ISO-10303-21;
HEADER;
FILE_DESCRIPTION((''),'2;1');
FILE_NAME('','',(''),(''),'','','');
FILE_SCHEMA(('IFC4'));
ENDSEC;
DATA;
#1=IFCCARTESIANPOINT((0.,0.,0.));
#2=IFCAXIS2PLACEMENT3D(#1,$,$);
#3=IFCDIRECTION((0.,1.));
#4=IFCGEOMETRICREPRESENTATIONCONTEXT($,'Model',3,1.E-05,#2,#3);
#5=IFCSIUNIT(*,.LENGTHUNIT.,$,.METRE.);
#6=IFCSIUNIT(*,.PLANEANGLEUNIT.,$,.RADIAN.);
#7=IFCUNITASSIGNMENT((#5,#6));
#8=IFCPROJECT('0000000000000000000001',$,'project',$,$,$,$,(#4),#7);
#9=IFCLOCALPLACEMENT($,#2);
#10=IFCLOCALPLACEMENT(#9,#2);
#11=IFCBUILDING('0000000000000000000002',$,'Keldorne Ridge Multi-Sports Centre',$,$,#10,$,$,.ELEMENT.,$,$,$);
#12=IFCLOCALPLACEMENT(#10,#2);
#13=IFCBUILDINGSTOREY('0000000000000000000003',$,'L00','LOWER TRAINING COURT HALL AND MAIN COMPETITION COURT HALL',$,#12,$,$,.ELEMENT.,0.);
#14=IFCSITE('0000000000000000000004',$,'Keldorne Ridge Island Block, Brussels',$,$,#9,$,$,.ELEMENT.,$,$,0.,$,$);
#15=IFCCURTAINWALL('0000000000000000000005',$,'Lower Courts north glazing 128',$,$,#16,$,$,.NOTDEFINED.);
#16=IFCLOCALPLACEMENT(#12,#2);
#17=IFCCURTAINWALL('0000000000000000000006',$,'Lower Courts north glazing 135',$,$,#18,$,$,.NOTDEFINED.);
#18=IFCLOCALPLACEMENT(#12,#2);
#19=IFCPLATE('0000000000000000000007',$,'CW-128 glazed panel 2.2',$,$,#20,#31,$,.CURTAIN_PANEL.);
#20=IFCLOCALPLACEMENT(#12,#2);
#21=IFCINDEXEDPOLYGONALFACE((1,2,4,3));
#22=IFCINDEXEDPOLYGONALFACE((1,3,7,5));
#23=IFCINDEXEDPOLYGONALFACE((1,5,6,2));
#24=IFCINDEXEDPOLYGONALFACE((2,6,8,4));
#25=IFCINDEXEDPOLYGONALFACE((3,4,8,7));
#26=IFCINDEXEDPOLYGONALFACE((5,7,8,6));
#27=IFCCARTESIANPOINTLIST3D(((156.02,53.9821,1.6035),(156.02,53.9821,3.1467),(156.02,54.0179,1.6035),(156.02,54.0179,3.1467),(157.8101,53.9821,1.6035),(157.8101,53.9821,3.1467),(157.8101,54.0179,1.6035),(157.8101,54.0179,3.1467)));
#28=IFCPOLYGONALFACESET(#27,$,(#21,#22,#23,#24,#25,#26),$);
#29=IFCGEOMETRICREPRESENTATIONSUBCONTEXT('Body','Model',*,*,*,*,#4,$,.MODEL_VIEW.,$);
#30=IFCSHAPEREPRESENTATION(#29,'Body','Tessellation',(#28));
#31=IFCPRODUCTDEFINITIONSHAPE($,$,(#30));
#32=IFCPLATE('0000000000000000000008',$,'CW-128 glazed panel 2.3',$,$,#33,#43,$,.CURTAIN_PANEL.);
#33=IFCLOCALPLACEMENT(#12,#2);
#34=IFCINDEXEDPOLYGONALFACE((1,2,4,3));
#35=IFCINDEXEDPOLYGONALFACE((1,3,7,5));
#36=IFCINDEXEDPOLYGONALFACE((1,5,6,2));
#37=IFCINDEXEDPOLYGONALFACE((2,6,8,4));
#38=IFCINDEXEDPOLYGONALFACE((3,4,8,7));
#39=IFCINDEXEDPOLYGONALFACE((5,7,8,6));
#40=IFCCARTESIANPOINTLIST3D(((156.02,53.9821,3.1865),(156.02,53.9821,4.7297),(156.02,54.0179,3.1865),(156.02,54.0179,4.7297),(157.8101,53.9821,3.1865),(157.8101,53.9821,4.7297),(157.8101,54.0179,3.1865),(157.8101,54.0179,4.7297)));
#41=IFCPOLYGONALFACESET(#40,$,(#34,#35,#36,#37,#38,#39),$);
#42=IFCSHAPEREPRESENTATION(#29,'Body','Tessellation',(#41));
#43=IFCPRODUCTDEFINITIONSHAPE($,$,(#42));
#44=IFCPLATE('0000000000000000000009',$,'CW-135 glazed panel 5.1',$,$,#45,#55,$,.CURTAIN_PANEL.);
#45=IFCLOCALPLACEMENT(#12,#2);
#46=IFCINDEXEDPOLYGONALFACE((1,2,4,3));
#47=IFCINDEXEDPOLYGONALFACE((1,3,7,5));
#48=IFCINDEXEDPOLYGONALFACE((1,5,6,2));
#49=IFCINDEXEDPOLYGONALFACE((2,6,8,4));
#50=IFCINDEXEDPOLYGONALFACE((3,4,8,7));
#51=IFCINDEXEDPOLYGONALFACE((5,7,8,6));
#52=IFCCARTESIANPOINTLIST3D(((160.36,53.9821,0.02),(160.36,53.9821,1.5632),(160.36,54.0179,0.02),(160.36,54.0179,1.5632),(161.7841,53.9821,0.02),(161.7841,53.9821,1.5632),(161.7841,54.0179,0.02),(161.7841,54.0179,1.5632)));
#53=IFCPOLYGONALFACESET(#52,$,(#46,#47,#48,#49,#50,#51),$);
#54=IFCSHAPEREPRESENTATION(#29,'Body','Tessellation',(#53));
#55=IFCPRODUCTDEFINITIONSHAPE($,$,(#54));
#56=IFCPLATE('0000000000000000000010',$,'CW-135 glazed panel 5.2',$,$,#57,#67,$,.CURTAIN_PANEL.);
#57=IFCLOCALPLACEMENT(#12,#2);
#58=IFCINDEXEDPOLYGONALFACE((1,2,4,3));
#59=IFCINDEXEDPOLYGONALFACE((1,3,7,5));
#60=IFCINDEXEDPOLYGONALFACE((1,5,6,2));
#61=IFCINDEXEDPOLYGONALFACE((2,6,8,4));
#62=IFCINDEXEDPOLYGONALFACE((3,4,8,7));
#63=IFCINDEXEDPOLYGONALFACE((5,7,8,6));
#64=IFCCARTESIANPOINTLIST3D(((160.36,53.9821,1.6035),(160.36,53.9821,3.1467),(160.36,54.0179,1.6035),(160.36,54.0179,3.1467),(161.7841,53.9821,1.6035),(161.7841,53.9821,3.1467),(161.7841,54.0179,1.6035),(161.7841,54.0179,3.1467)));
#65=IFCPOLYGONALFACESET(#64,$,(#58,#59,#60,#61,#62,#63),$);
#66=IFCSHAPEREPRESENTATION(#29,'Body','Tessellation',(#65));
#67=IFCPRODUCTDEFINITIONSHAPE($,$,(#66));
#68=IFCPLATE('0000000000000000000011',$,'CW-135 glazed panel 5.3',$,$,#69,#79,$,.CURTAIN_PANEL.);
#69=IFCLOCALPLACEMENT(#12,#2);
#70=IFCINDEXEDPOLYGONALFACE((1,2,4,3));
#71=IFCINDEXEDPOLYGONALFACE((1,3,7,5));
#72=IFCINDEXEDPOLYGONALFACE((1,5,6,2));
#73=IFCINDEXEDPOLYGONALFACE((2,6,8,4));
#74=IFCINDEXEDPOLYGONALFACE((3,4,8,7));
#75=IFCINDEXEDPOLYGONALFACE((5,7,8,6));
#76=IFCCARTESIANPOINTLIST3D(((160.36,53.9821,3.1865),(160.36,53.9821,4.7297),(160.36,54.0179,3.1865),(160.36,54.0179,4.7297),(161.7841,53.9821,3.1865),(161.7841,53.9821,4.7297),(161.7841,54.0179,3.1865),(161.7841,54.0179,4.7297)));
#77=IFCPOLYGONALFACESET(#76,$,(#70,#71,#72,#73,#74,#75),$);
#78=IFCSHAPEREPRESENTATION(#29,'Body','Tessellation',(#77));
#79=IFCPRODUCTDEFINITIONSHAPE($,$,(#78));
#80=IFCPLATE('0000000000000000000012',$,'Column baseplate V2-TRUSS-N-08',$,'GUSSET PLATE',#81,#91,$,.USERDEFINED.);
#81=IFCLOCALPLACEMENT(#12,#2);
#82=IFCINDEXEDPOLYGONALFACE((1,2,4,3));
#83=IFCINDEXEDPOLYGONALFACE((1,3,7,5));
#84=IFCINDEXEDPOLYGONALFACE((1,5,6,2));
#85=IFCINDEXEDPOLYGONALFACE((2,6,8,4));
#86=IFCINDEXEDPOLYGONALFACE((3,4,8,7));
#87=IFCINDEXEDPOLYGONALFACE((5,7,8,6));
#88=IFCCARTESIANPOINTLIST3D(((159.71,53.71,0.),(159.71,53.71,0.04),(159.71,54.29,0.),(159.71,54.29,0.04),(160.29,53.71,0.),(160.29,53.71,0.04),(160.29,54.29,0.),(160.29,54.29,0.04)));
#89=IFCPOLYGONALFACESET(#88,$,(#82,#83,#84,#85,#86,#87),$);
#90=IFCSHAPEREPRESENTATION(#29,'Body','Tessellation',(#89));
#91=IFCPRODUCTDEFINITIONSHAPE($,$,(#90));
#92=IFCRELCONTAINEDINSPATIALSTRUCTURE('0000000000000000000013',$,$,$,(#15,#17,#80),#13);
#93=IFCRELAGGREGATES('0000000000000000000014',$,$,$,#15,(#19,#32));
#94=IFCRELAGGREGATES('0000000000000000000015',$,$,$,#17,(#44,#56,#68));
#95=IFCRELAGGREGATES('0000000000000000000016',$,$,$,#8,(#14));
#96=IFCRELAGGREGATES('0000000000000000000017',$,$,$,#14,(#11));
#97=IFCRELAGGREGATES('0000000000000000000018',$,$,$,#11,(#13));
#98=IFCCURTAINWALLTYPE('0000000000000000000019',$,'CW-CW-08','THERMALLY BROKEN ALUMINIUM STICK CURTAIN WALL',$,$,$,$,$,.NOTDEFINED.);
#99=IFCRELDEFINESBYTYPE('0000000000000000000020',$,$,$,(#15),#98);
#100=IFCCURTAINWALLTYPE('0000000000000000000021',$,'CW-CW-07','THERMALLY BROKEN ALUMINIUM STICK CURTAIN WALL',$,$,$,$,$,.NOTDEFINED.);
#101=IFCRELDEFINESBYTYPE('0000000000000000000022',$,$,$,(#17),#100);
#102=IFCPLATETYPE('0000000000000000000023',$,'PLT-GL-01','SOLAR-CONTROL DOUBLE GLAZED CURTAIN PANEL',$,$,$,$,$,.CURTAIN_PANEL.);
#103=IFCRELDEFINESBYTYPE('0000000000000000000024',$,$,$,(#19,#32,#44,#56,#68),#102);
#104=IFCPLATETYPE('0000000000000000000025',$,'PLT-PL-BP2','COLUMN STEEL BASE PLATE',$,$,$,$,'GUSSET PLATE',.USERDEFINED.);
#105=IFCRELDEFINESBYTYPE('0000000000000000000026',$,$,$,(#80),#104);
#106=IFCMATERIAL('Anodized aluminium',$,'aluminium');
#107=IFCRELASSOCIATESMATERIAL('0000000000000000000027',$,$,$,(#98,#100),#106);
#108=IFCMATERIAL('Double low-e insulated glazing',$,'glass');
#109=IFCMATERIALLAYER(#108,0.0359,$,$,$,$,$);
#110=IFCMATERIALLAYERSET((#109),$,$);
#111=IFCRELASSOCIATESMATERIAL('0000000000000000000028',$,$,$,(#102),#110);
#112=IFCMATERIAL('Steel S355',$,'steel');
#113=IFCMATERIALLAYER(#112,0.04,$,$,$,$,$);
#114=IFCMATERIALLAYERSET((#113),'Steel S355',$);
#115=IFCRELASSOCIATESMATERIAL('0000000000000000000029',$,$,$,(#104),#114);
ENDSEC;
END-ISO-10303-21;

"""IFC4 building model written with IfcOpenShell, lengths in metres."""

from ifc_helpers import new_model, si_unit, direction, frame, origin, origin_2d, place, context, subcontext, project, spatial, rectangle, extrude, material, layer, layer_set, type_object, element, aggregate, save


model = new_model("IFC4")

# Units and contexts
model_context = context("Model", 3, precision=1e-05, world=origin(), true_north=direction((0.0, 1.0)))
body_context = subcontext(model_context, "Body", "Model", "MODEL_VIEW")
ifc_project = project(units=[si_unit("LENGTHUNIT", "METRE"), si_unit("PLANEANGLEUNIT", "RADIAN")], contexts=[model_context])

# Site, building, storey
site_placement = place(None, origin())
site = spatial("IfcSite", under=ifc_project, at=site_placement, Name="Keldorne Ridge Island Block, Brussels", CompositionType="ELEMENT", RefElevation=0.0)
building_placement = place(site_placement, origin())
building = spatial("IfcBuilding", under=site, at=building_placement, Name="Keldorne Ridge Multi-Sports Centre", CompositionType="ELEMENT")
storey_placement = place(building_placement, origin())
storey = spatial("IfcBuildingStorey", under=building, at=storey_placement, Name="L00", Description="LOWER TRAINING COURT HALL AND MAIN COMPETITION COURT HALL", CompositionType="ELEMENT", Elevation=0.0)

# Shared definitions
ifc_material_1 = material(Name="Steel S355", Category="steel")

# Curtain walls
ifc_material_2 = material(Name="Anodized aluminium", Category="aluminium")
curtain_wall_type_1 = type_object("IfcCurtainWallType", Name="CW-CW-08", Description="THERMALLY BROKEN ALUMINIUM STICK CURTAIN WALL", PredefinedType="NOTDEFINED", material=ifc_material_2)
curtain_wall_1_placement = place(storey_placement, origin())
curtain_wall_1 = element("IfcCurtainWall", 1, at=curtain_wall_1_placement, inside=storey, type_object=curtain_wall_type_1, Name="Lower Courts north glazing 128", PredefinedType="NOTDEFINED")
curtain_wall_type_2 = type_object("IfcCurtainWallType", Name="CW-CW-07", Description="THERMALLY BROKEN ALUMINIUM STICK CURTAIN WALL", PredefinedType="NOTDEFINED", material=ifc_material_2)
curtain_wall_2_placement = place(storey_placement, origin())
curtain_wall_2 = element("IfcCurtainWall", 2, at=curtain_wall_2_placement, inside=storey, type_object=curtain_wall_type_2, Name="Lower Courts north glazing 135", PredefinedType="NOTDEFINED")

# Plates
ifc_material_3 = material(Name="Double low-e insulated glazing", Category="glass")
ifc_layer_1 = layer(ifc_material_3, 0.0359)
ifc_layer_set_1 = layer_set([ifc_layer_1])
plate_type_1 = type_object("IfcPlateType", Name="PLT-GL-01", Description="SOLAR-CONTROL DOUBLE GLAZED CURTAIN PANEL", PredefinedType="CURTAIN_PANEL", material=ifc_layer_set_1)
plate_1_placement = place(storey_placement, frame((156.915, 54.0, 1.6035), z_axis=(0.0, 0.0, 1.0), x_axis=(-1.0, 0.0, 0.0)))
plate_1 = element("IfcPlate", 3, at=plate_1_placement, type_object=plate_type_1, Name="CW-128 glazed panel 2.2", PredefinedType="CURTAIN_PANEL", context=body_context, shape_type="SweptSolid", body=[
    extrude(rectangle(XDim=1.79, YDim=0.0359, at=origin_2d()), origin(), (0.0, 0.0, 1.0), 1.5432),
])
plate_2_placement = place(storey_placement, frame((156.915, 54.0, 3.1865), z_axis=(0.0, 0.0, 1.0), x_axis=(-1.0, 0.0, 0.0)))
plate_2 = element("IfcPlate", 4, at=plate_2_placement, type_object=plate_type_1, Name="CW-128 glazed panel 2.3", PredefinedType="CURTAIN_PANEL", context=body_context, shape_type="SweptSolid", body=[
    extrude(rectangle(XDim=1.79, YDim=0.0359, at=origin_2d()), origin(), (0.0, 0.0, 1.0), 1.5432),
])
aggregate(curtain_wall_1, [plate_1, plate_2])
plate_3_placement = place(storey_placement, frame((161.072, 54.0, 0.02), z_axis=(0.0, 0.0, 1.0), x_axis=(-1.0, 0.0, 0.0)))
plate_3 = element("IfcPlate", 5, at=plate_3_placement, type_object=plate_type_1, Name="CW-135 glazed panel 5.1", PredefinedType="CURTAIN_PANEL", context=body_context, shape_type="SweptSolid", body=[
    extrude(rectangle(XDim=1.4241, YDim=0.0359, at=origin_2d()), origin(), (0.0, 0.0, 1.0), 1.5432),
])
plate_4_placement = place(storey_placement, frame((161.072, 54.0, 1.6035), z_axis=(0.0, 0.0, 1.0), x_axis=(-1.0, 0.0, 0.0)))
plate_4 = element("IfcPlate", 6, at=plate_4_placement, type_object=plate_type_1, Name="CW-135 glazed panel 5.2", PredefinedType="CURTAIN_PANEL", context=body_context, shape_type="SweptSolid", body=[
    extrude(rectangle(XDim=1.4241, YDim=0.0359, at=origin_2d()), origin(), (0.0, 0.0, 1.0), 1.5432),
])
plate_5_placement = place(storey_placement, frame((161.072, 54.0, 3.1865), z_axis=(0.0, 0.0, 1.0), x_axis=(-1.0, 0.0, 0.0)))
plate_5 = element("IfcPlate", 7, at=plate_5_placement, type_object=plate_type_1, Name="CW-135 glazed panel 5.3", PredefinedType="CURTAIN_PANEL", context=body_context, shape_type="SweptSolid", body=[
    extrude(rectangle(XDim=1.4241, YDim=0.0359, at=origin_2d()), origin(), (0.0, 0.0, 1.0), 1.5432),
])
aggregate(curtain_wall_2, [plate_3, plate_4, plate_5])
ifc_layer_2 = layer(ifc_material_1, 0.04)
ifc_layer_set_2 = layer_set([ifc_layer_2], Name="Steel S355")
plate_type_2 = type_object("IfcPlateType", Name="PLT-PL-BP2", Description="COLUMN STEEL BASE PLATE", ElementType="GUSSET PLATE", PredefinedType="USERDEFINED", material=ifc_layer_set_2)
plate_6_placement = place(storey_placement, frame((160.0, 54.0, 0.0), z_axis=(0.0, 0.0, 1.0), x_axis=(1.0, 0.0, 0.0)))
element("IfcPlate", 8, at=plate_6_placement, inside=storey, type_object=plate_type_2, Name="Column baseplate V2-TRUSS-N-08", ObjectType="GUSSET PLATE", PredefinedType="USERDEFINED", context=body_context, shape_type="SweptSolid", body=[
    extrude(rectangle(XDim=0.5801, YDim=0.5801, at=origin_2d()), origin(), (0.0, 0.0, 1.0), 0.04),
])

save(model, "model.ifc")
